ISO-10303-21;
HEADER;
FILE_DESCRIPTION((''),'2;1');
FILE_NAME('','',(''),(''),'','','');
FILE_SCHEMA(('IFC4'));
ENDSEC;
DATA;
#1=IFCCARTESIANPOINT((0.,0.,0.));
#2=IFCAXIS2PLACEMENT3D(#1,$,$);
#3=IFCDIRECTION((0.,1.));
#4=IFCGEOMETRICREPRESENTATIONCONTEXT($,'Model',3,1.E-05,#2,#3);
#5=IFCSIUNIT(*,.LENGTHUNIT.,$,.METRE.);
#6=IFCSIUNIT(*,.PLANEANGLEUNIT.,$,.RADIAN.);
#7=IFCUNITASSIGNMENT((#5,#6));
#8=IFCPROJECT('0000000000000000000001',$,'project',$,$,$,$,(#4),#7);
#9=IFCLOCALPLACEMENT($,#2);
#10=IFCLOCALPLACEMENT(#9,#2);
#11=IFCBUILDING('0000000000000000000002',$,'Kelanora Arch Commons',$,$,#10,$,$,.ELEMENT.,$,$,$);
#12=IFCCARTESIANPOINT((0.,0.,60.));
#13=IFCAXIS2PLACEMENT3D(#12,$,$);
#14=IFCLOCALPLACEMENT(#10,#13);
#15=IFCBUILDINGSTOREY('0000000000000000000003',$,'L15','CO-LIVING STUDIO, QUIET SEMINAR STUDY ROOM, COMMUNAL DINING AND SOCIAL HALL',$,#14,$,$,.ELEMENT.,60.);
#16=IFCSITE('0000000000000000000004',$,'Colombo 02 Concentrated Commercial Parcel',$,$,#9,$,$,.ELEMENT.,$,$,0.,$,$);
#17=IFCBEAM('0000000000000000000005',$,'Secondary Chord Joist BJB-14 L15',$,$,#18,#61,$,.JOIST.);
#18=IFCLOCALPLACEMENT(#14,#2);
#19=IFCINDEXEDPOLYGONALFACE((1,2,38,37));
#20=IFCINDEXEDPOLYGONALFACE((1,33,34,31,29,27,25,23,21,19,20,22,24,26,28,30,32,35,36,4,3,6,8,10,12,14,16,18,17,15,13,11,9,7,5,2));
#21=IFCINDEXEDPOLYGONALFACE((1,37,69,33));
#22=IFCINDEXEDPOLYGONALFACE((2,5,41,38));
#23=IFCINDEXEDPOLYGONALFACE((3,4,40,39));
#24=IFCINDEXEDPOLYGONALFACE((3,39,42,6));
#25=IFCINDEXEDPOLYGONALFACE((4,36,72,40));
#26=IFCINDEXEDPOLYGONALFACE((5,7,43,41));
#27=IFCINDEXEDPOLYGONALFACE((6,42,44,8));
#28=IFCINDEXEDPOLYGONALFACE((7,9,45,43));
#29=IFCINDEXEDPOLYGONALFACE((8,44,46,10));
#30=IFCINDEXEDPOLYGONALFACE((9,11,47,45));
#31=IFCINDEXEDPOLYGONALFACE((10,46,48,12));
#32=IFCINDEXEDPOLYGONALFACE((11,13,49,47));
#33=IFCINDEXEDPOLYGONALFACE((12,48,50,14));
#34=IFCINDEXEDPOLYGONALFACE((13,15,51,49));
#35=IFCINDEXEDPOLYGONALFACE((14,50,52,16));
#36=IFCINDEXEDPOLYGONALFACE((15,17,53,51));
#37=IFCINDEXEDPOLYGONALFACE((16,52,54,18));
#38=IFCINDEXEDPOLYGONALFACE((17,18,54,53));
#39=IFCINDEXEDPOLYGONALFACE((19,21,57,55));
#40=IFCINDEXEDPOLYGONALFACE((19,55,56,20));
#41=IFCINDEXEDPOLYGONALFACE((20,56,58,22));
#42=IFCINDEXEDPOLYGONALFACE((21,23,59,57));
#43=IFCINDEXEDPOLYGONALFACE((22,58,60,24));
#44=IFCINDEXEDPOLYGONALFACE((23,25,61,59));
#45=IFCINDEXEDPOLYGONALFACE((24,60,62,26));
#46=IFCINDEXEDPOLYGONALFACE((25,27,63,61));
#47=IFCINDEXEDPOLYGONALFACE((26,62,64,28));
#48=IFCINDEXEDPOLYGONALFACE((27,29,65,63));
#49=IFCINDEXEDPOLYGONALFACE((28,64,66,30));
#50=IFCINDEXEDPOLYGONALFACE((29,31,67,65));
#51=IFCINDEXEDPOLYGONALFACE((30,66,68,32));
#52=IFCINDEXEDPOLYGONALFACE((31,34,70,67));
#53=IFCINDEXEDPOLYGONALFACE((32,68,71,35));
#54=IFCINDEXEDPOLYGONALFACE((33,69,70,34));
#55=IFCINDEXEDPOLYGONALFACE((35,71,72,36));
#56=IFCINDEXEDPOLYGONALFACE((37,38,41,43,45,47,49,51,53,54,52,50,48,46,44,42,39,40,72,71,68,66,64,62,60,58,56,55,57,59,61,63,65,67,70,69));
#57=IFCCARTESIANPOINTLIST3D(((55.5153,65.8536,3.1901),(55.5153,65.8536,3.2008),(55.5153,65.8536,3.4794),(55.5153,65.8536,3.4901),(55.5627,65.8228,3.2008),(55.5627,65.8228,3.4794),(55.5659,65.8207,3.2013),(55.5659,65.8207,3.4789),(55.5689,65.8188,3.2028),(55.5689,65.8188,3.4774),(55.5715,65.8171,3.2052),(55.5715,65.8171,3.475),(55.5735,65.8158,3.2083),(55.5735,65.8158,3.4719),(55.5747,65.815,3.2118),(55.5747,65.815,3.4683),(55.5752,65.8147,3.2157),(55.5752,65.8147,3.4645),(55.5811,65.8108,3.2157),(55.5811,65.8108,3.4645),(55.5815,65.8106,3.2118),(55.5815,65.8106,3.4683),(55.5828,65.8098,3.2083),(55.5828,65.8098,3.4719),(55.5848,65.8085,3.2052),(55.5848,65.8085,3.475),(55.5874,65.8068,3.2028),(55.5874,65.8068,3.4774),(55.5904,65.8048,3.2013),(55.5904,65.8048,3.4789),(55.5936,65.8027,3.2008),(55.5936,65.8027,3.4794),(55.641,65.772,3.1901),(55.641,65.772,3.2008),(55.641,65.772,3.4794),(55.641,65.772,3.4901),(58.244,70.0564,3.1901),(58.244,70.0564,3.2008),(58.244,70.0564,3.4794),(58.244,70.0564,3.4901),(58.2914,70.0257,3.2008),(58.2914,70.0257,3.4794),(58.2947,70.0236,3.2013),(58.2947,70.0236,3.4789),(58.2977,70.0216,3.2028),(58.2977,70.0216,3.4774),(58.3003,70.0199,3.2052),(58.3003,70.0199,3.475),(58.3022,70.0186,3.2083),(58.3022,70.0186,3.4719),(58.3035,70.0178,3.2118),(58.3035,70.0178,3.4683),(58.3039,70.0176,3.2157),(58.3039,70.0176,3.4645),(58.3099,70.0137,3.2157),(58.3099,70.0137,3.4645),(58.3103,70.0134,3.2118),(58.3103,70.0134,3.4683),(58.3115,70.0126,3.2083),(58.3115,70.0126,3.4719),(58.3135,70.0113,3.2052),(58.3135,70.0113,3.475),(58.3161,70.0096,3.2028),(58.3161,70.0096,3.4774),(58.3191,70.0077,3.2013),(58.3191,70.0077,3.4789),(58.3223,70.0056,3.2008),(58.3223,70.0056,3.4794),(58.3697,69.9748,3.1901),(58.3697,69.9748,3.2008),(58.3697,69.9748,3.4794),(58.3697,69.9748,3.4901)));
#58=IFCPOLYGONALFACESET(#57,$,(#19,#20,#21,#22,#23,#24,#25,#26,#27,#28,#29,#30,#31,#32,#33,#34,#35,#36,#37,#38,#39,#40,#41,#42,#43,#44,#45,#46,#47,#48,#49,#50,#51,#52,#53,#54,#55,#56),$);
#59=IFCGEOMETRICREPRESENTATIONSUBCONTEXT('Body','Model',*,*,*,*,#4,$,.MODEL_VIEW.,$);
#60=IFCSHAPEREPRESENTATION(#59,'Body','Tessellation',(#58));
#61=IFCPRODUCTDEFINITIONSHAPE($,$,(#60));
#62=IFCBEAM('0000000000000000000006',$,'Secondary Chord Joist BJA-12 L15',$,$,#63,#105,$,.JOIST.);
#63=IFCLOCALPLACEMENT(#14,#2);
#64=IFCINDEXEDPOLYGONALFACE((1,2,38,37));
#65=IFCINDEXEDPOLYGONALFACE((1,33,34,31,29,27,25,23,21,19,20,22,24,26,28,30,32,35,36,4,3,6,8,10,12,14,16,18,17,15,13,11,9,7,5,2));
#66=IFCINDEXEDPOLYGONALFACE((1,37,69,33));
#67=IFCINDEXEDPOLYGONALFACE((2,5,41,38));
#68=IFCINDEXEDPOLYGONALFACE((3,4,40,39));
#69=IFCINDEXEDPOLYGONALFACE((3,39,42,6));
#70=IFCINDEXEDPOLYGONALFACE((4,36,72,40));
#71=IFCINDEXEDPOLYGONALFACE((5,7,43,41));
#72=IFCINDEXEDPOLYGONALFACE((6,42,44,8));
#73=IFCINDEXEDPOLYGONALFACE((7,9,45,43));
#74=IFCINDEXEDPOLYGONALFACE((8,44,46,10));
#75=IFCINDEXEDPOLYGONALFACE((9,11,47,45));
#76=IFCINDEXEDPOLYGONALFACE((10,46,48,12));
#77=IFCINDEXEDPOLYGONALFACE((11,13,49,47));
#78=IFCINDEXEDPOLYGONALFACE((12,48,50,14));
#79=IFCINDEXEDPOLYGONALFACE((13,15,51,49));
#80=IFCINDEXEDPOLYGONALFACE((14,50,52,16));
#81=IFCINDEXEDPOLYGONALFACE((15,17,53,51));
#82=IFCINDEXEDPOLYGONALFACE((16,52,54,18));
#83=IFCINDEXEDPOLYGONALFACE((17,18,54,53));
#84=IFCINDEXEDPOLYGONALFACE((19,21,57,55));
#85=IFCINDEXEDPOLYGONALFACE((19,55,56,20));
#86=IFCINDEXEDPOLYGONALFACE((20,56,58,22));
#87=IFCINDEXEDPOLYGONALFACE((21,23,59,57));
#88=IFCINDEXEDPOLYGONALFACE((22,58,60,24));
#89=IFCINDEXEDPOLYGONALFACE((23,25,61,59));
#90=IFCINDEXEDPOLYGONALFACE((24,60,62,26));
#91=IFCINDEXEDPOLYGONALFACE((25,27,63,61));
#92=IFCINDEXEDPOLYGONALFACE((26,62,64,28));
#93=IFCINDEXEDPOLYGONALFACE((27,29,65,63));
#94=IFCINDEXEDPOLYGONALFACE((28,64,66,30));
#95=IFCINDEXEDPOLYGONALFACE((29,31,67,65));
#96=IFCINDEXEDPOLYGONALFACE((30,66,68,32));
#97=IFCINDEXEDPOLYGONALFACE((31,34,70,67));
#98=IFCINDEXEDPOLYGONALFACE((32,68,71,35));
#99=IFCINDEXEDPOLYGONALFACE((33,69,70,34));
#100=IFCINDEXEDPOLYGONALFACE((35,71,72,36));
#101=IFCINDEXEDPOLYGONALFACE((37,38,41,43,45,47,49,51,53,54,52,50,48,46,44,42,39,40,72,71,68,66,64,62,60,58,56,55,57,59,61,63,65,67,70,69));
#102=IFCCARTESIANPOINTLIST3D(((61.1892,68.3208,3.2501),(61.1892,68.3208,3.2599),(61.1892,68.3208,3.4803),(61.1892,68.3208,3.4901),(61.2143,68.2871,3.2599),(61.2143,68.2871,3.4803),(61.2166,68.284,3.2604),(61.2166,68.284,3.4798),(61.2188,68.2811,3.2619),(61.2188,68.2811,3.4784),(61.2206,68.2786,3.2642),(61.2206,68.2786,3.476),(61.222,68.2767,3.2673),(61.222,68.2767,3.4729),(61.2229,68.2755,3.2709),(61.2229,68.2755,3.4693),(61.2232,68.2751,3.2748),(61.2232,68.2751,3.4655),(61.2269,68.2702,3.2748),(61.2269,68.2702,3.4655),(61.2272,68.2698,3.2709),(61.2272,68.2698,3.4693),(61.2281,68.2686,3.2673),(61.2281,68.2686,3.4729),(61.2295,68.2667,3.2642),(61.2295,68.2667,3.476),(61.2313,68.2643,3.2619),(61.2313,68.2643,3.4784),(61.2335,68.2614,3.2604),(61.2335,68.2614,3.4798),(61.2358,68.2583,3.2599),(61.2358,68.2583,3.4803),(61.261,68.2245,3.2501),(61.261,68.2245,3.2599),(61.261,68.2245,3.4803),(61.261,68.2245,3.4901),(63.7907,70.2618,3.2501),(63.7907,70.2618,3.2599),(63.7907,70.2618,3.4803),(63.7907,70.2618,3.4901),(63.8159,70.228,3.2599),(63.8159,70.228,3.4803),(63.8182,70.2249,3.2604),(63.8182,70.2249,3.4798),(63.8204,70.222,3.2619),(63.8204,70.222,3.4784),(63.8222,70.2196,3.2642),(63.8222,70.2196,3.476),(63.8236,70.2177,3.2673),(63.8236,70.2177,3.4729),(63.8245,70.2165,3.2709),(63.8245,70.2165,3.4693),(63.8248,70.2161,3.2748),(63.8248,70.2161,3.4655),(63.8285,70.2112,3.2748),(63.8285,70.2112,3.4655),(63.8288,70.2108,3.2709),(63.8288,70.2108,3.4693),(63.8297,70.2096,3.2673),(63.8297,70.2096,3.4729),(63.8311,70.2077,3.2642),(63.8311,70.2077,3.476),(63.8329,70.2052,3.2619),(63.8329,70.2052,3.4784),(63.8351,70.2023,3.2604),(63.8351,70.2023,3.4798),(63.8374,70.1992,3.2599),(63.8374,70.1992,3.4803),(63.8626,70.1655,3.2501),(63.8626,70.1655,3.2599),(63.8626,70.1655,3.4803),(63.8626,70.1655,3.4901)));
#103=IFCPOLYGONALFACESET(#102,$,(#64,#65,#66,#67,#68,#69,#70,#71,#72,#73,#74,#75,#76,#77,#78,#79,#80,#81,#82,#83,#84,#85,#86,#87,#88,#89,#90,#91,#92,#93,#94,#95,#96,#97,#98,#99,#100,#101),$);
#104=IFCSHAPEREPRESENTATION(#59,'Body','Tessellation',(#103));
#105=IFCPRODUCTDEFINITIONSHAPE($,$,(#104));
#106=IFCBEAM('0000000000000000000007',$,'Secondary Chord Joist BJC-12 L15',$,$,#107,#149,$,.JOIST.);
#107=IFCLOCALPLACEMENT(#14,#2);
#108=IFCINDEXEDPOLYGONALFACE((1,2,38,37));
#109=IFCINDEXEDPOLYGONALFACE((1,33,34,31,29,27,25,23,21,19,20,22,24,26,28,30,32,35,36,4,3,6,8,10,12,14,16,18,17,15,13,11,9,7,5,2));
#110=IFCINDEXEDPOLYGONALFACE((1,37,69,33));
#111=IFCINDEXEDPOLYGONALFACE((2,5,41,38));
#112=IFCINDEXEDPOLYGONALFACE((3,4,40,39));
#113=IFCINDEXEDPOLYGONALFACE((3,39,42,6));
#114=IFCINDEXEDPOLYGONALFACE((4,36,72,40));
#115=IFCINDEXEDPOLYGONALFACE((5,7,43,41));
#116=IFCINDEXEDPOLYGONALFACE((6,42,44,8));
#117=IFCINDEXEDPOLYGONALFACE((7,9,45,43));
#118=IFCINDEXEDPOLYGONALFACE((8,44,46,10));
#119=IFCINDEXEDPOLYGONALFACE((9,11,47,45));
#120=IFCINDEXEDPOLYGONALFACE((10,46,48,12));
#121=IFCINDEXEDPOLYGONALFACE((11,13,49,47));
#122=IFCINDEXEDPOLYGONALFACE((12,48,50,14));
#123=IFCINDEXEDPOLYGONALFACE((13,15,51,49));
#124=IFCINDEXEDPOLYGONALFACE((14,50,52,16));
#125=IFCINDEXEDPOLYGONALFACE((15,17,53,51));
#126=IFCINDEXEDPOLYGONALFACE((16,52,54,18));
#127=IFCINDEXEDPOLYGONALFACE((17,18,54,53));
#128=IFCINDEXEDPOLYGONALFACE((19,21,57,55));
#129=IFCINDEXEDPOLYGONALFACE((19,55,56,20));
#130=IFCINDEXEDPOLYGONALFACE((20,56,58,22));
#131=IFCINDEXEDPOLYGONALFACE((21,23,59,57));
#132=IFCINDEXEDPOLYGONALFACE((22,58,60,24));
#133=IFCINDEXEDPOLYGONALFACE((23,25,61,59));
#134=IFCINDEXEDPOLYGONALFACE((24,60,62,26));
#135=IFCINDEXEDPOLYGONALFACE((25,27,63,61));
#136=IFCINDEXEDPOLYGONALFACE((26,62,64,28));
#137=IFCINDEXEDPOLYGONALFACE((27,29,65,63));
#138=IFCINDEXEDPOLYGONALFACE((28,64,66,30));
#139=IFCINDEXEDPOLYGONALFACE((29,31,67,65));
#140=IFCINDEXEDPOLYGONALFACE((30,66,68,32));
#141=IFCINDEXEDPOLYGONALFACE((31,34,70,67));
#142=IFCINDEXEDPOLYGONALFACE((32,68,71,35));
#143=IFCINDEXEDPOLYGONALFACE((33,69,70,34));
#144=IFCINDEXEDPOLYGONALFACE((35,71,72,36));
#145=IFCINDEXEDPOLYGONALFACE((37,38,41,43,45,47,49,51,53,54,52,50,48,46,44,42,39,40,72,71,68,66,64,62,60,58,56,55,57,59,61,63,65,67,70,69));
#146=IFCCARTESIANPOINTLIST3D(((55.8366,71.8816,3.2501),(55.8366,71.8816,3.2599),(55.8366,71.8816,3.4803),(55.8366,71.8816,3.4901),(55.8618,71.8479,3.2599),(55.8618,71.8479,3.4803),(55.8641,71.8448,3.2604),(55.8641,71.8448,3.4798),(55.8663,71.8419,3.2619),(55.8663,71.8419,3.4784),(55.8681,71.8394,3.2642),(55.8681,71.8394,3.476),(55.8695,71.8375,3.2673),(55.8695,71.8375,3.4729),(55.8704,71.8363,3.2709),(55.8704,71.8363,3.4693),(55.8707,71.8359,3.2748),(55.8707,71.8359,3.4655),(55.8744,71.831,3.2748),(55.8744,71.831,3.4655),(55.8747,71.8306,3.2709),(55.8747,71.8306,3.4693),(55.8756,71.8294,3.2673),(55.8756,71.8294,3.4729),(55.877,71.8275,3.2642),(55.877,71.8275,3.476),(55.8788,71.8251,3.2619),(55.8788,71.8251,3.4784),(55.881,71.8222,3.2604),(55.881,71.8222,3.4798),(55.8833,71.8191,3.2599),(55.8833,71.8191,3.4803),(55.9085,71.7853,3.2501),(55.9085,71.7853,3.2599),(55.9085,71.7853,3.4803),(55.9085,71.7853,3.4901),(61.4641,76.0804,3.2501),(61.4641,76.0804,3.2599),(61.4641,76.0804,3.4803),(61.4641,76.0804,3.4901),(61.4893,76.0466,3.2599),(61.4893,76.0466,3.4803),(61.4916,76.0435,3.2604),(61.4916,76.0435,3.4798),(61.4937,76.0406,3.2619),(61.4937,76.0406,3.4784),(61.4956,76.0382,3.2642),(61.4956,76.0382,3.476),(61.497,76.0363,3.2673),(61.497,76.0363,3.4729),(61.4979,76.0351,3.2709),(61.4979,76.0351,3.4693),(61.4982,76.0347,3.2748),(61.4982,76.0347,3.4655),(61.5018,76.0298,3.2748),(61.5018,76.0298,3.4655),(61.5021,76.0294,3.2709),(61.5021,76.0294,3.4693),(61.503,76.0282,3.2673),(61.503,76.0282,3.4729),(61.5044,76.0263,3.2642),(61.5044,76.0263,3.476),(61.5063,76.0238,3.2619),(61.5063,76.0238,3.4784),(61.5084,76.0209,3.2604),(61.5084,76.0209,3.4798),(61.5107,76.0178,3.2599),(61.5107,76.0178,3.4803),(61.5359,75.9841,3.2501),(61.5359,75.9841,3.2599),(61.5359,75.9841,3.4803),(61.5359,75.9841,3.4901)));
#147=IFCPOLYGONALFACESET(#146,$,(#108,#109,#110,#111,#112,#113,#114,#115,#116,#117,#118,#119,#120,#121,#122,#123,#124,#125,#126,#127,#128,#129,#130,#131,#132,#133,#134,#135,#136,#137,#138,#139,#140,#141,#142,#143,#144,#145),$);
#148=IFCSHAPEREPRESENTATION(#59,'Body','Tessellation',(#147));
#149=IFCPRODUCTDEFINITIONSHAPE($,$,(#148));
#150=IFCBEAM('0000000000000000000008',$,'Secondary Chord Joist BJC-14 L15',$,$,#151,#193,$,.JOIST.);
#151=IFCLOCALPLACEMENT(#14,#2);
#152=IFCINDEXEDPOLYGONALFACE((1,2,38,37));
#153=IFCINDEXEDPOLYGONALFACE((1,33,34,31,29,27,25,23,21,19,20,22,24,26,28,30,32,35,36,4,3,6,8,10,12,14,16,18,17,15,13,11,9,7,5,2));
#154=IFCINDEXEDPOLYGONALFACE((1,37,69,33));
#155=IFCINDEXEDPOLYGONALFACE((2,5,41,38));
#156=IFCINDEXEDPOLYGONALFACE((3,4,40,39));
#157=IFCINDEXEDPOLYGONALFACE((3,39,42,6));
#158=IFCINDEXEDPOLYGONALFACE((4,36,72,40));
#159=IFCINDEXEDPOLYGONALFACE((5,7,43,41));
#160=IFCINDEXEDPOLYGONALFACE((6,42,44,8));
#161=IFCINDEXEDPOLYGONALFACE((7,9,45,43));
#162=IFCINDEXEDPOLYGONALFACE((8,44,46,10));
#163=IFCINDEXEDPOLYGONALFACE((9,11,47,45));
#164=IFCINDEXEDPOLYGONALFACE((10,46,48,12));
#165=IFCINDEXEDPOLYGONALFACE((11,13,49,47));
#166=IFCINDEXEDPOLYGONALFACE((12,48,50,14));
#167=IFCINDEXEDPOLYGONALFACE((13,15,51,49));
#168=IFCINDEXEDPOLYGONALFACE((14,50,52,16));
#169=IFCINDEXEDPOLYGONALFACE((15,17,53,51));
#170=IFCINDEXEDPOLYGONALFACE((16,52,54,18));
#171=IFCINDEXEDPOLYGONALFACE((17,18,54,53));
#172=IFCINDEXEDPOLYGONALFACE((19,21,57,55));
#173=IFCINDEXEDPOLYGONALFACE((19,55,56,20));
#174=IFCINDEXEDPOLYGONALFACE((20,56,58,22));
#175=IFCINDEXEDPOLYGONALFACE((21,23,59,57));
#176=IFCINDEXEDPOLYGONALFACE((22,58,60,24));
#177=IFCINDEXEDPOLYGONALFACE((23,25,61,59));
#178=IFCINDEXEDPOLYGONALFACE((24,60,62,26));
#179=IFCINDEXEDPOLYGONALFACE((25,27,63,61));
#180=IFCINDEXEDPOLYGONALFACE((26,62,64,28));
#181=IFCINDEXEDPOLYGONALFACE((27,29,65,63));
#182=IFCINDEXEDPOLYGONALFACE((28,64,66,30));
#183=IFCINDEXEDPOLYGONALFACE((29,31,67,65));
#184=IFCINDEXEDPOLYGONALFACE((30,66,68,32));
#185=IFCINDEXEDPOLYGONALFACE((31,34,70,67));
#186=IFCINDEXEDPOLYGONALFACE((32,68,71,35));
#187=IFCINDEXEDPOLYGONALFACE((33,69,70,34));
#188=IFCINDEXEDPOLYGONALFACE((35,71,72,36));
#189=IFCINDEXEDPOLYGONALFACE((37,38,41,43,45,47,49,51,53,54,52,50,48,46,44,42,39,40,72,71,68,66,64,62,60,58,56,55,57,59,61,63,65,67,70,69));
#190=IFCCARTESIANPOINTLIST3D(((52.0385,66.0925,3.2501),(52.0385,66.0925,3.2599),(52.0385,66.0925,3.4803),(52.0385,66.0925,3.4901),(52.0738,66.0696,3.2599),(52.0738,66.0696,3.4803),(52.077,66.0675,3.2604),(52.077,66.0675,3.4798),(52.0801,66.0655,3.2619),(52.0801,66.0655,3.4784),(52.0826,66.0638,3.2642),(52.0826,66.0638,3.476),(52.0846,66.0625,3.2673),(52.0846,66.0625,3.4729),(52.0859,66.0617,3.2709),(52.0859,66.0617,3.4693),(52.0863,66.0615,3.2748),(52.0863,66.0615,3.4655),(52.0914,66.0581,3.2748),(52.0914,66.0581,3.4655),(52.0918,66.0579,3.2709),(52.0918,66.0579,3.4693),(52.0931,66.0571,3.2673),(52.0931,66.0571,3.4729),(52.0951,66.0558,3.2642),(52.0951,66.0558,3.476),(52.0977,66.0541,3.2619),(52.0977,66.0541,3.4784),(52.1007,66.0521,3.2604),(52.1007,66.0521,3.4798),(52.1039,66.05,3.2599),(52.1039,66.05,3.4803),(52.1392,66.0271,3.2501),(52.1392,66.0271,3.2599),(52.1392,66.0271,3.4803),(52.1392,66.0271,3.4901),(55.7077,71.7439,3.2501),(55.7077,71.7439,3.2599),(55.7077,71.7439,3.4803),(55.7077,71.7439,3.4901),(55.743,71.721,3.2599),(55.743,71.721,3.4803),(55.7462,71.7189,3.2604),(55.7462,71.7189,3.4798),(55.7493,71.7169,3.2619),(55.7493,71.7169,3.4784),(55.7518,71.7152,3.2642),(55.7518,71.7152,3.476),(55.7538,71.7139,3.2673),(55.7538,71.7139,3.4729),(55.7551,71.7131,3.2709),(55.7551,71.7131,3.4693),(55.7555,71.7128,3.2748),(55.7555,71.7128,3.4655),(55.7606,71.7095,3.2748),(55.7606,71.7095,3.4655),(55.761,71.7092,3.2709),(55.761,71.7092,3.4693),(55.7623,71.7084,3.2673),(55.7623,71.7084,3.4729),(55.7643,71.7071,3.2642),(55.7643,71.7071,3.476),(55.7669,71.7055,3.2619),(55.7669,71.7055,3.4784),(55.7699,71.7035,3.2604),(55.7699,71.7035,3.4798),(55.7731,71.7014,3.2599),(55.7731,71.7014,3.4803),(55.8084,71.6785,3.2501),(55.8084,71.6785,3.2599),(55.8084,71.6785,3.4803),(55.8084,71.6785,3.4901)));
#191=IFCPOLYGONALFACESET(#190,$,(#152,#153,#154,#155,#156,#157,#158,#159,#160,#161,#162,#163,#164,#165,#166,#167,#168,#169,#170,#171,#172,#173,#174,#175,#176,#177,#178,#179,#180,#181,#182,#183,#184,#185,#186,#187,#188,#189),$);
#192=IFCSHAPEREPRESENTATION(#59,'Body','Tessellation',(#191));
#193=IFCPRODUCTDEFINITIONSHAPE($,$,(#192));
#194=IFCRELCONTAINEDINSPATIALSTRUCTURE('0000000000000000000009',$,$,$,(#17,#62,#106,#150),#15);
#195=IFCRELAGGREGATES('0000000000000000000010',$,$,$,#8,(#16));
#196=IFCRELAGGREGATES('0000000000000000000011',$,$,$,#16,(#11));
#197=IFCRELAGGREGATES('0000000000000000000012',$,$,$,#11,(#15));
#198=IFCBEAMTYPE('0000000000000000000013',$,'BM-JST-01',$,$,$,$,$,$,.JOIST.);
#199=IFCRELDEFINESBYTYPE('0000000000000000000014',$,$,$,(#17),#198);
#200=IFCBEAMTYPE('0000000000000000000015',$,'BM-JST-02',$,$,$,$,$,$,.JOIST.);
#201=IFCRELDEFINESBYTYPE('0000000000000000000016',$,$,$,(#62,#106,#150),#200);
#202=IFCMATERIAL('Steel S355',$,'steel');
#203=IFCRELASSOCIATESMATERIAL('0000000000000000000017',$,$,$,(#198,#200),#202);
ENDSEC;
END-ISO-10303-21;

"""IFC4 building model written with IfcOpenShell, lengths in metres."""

from ifc_helpers import new_model, si_unit, direction, frame, origin, origin_2d, place, context, subcontext, project, spatial, i_section, extrude, material, material_profile, profile_set, type_object, element, save


model = new_model("IFC4")

# Units and contexts
model_context = context("Model", 3, precision=1e-05, world=origin(), true_north=direction((0.0, 1.0)))
body_context = subcontext(model_context, "Body", "Model", "MODEL_VIEW")
ifc_project = project(units=[si_unit("LENGTHUNIT", "METRE"), si_unit("PLANEANGLEUNIT", "RADIAN")], contexts=[model_context])

# Site, building, storey
site_placement = place(None, origin())
site = spatial("IfcSite", under=ifc_project, at=site_placement, Name="Colombo 02 Concentrated Commercial Parcel", CompositionType="ELEMENT", RefElevation=0.0)
building_placement = place(site_placement, origin())
building = spatial("IfcBuilding", under=site, at=building_placement, Name="Kelanora Arch Commons", CompositionType="ELEMENT")
storey_placement = place(building_placement, frame((0.0, 0.0, 60.0)))
storey = spatial("IfcBuildingStorey", under=building, at=storey_placement, Name="L15", Description="CO-LIVING STUDIO, QUIET SEMINAR STUDY ROOM, COMMUNAL DINING AND SOCIAL HALL", CompositionType="ELEMENT", Elevation=60.0)

# Beams
ifc_material_1 = material(Name="Steel S355", Category="steel")
ifc_material_profile_1 = material_profile(ifc_material_1, i_section(OverallWidth=0.1499, OverallDepth=0.3, WebThickness=0.0071, FlangeThickness=0.0107, FilletRadius=0.0149, at=origin_2d()), Name="IPE300")
ifc_profile_set_1 = profile_set([ifc_material_profile_1], Name="Steel S355")
beam_type_1 = type_object("IfcBeamType", Name="BM-JST-01", PredefinedType="JOIST", material=ifc_profile_set_1)
beam_1_placement = place(storey_placement, frame((58.3069, 70.0156, 3.3401), z_axis=(-0.544552, -0.838727, 0.0), x_axis=(0.838727, -0.544552, 0.0)))
element("IfcBeam", 1, at=beam_1_placement, inside=storey, type_object=beam_type_1, Name="Secondary Chord Joist BJB-14 L15", PredefinedType="JOIST", context=body_context, shape_type="SweptSolid", body=[
    extrude(i_section(OverallWidth=0.1499, OverallDepth=0.3, WebThickness=0.0071, FlangeThickness=0.0107, FilletRadius=0.0149, at=origin_2d()), origin(), (0.0, 0.0, 1.0), 5.011),
])
ifc_material_profile_2 = material_profile(ifc_material_1, i_section(OverallWidth=0.1201, OverallDepth=0.24, WebThickness=0.0061, FlangeThickness=0.0098, FilletRadius=0.0149, at=origin_2d()), Name="IPE240")
ifc_profile_set_2 = profile_set([ifc_material_profile_2], Name="Steel S355")
beam_type_2 = type_object("IfcBeamType", Name="BM-JST-02", PredefinedType="JOIST", material=ifc_profile_set_2)
beam_2_placement = place(storey_placement, frame((63.8267, 70.2136, 3.3701), z_axis=(-0.801514, -0.597976, 0.0), x_axis=(0.597976, -0.801514, 0.0)))
element("IfcBeam", 2, at=beam_2_placement, inside=storey, type_object=beam_type_2, Name="Secondary Chord Joist BJA-12 L15", PredefinedType="JOIST", context=body_context, shape_type="SweptSolid", body=[
    extrude(i_section(OverallWidth=0.1201, OverallDepth=0.24, WebThickness=0.0061, FlangeThickness=0.0098, FilletRadius=0.0149, at=origin_2d()), origin(), (0.0, 0.0, 1.0), 3.2458),
])
beam_3_placement = place(storey_placement, frame((61.5, 76.0322, 3.3701), z_axis=(-0.801491, -0.598006, 0.0), x_axis=(0.598006, -0.801491, 0.0)))
element("IfcBeam", 3, at=beam_3_placement, inside=storey, type_object=beam_type_2, Name="Secondary Chord Joist BJC-12 L15", PredefinedType="JOIST", context=body_context, shape_type="SweptSolid", body=[
    extrude(i_section(OverallWidth=0.1201, OverallDepth=0.24, WebThickness=0.0061, FlangeThickness=0.0098, FilletRadius=0.0149, at=origin_2d()), origin(), (0.0, 0.0, 1.0), 7.0212),
])
beam_4_placement = place(storey_placement, frame((55.7581, 71.7112, 3.3701), z_axis=(-0.54455, -0.838728, 0.0), x_axis=(0.838728, -0.54455, 0.0)))
element("IfcBeam", 4, at=beam_4_placement, inside=storey, type_object=beam_type_2, Name="Secondary Chord Joist BJC-14 L15", PredefinedType="JOIST", context=body_context, shape_type="SweptSolid", body=[
    extrude(i_section(OverallWidth=0.1201, OverallDepth=0.24, WebThickness=0.0061, FlangeThickness=0.0098, FilletRadius=0.0149, at=origin_2d()), origin(), (0.0, 0.0, 1.0), 6.738),
])

save(model, "model.ifc")
